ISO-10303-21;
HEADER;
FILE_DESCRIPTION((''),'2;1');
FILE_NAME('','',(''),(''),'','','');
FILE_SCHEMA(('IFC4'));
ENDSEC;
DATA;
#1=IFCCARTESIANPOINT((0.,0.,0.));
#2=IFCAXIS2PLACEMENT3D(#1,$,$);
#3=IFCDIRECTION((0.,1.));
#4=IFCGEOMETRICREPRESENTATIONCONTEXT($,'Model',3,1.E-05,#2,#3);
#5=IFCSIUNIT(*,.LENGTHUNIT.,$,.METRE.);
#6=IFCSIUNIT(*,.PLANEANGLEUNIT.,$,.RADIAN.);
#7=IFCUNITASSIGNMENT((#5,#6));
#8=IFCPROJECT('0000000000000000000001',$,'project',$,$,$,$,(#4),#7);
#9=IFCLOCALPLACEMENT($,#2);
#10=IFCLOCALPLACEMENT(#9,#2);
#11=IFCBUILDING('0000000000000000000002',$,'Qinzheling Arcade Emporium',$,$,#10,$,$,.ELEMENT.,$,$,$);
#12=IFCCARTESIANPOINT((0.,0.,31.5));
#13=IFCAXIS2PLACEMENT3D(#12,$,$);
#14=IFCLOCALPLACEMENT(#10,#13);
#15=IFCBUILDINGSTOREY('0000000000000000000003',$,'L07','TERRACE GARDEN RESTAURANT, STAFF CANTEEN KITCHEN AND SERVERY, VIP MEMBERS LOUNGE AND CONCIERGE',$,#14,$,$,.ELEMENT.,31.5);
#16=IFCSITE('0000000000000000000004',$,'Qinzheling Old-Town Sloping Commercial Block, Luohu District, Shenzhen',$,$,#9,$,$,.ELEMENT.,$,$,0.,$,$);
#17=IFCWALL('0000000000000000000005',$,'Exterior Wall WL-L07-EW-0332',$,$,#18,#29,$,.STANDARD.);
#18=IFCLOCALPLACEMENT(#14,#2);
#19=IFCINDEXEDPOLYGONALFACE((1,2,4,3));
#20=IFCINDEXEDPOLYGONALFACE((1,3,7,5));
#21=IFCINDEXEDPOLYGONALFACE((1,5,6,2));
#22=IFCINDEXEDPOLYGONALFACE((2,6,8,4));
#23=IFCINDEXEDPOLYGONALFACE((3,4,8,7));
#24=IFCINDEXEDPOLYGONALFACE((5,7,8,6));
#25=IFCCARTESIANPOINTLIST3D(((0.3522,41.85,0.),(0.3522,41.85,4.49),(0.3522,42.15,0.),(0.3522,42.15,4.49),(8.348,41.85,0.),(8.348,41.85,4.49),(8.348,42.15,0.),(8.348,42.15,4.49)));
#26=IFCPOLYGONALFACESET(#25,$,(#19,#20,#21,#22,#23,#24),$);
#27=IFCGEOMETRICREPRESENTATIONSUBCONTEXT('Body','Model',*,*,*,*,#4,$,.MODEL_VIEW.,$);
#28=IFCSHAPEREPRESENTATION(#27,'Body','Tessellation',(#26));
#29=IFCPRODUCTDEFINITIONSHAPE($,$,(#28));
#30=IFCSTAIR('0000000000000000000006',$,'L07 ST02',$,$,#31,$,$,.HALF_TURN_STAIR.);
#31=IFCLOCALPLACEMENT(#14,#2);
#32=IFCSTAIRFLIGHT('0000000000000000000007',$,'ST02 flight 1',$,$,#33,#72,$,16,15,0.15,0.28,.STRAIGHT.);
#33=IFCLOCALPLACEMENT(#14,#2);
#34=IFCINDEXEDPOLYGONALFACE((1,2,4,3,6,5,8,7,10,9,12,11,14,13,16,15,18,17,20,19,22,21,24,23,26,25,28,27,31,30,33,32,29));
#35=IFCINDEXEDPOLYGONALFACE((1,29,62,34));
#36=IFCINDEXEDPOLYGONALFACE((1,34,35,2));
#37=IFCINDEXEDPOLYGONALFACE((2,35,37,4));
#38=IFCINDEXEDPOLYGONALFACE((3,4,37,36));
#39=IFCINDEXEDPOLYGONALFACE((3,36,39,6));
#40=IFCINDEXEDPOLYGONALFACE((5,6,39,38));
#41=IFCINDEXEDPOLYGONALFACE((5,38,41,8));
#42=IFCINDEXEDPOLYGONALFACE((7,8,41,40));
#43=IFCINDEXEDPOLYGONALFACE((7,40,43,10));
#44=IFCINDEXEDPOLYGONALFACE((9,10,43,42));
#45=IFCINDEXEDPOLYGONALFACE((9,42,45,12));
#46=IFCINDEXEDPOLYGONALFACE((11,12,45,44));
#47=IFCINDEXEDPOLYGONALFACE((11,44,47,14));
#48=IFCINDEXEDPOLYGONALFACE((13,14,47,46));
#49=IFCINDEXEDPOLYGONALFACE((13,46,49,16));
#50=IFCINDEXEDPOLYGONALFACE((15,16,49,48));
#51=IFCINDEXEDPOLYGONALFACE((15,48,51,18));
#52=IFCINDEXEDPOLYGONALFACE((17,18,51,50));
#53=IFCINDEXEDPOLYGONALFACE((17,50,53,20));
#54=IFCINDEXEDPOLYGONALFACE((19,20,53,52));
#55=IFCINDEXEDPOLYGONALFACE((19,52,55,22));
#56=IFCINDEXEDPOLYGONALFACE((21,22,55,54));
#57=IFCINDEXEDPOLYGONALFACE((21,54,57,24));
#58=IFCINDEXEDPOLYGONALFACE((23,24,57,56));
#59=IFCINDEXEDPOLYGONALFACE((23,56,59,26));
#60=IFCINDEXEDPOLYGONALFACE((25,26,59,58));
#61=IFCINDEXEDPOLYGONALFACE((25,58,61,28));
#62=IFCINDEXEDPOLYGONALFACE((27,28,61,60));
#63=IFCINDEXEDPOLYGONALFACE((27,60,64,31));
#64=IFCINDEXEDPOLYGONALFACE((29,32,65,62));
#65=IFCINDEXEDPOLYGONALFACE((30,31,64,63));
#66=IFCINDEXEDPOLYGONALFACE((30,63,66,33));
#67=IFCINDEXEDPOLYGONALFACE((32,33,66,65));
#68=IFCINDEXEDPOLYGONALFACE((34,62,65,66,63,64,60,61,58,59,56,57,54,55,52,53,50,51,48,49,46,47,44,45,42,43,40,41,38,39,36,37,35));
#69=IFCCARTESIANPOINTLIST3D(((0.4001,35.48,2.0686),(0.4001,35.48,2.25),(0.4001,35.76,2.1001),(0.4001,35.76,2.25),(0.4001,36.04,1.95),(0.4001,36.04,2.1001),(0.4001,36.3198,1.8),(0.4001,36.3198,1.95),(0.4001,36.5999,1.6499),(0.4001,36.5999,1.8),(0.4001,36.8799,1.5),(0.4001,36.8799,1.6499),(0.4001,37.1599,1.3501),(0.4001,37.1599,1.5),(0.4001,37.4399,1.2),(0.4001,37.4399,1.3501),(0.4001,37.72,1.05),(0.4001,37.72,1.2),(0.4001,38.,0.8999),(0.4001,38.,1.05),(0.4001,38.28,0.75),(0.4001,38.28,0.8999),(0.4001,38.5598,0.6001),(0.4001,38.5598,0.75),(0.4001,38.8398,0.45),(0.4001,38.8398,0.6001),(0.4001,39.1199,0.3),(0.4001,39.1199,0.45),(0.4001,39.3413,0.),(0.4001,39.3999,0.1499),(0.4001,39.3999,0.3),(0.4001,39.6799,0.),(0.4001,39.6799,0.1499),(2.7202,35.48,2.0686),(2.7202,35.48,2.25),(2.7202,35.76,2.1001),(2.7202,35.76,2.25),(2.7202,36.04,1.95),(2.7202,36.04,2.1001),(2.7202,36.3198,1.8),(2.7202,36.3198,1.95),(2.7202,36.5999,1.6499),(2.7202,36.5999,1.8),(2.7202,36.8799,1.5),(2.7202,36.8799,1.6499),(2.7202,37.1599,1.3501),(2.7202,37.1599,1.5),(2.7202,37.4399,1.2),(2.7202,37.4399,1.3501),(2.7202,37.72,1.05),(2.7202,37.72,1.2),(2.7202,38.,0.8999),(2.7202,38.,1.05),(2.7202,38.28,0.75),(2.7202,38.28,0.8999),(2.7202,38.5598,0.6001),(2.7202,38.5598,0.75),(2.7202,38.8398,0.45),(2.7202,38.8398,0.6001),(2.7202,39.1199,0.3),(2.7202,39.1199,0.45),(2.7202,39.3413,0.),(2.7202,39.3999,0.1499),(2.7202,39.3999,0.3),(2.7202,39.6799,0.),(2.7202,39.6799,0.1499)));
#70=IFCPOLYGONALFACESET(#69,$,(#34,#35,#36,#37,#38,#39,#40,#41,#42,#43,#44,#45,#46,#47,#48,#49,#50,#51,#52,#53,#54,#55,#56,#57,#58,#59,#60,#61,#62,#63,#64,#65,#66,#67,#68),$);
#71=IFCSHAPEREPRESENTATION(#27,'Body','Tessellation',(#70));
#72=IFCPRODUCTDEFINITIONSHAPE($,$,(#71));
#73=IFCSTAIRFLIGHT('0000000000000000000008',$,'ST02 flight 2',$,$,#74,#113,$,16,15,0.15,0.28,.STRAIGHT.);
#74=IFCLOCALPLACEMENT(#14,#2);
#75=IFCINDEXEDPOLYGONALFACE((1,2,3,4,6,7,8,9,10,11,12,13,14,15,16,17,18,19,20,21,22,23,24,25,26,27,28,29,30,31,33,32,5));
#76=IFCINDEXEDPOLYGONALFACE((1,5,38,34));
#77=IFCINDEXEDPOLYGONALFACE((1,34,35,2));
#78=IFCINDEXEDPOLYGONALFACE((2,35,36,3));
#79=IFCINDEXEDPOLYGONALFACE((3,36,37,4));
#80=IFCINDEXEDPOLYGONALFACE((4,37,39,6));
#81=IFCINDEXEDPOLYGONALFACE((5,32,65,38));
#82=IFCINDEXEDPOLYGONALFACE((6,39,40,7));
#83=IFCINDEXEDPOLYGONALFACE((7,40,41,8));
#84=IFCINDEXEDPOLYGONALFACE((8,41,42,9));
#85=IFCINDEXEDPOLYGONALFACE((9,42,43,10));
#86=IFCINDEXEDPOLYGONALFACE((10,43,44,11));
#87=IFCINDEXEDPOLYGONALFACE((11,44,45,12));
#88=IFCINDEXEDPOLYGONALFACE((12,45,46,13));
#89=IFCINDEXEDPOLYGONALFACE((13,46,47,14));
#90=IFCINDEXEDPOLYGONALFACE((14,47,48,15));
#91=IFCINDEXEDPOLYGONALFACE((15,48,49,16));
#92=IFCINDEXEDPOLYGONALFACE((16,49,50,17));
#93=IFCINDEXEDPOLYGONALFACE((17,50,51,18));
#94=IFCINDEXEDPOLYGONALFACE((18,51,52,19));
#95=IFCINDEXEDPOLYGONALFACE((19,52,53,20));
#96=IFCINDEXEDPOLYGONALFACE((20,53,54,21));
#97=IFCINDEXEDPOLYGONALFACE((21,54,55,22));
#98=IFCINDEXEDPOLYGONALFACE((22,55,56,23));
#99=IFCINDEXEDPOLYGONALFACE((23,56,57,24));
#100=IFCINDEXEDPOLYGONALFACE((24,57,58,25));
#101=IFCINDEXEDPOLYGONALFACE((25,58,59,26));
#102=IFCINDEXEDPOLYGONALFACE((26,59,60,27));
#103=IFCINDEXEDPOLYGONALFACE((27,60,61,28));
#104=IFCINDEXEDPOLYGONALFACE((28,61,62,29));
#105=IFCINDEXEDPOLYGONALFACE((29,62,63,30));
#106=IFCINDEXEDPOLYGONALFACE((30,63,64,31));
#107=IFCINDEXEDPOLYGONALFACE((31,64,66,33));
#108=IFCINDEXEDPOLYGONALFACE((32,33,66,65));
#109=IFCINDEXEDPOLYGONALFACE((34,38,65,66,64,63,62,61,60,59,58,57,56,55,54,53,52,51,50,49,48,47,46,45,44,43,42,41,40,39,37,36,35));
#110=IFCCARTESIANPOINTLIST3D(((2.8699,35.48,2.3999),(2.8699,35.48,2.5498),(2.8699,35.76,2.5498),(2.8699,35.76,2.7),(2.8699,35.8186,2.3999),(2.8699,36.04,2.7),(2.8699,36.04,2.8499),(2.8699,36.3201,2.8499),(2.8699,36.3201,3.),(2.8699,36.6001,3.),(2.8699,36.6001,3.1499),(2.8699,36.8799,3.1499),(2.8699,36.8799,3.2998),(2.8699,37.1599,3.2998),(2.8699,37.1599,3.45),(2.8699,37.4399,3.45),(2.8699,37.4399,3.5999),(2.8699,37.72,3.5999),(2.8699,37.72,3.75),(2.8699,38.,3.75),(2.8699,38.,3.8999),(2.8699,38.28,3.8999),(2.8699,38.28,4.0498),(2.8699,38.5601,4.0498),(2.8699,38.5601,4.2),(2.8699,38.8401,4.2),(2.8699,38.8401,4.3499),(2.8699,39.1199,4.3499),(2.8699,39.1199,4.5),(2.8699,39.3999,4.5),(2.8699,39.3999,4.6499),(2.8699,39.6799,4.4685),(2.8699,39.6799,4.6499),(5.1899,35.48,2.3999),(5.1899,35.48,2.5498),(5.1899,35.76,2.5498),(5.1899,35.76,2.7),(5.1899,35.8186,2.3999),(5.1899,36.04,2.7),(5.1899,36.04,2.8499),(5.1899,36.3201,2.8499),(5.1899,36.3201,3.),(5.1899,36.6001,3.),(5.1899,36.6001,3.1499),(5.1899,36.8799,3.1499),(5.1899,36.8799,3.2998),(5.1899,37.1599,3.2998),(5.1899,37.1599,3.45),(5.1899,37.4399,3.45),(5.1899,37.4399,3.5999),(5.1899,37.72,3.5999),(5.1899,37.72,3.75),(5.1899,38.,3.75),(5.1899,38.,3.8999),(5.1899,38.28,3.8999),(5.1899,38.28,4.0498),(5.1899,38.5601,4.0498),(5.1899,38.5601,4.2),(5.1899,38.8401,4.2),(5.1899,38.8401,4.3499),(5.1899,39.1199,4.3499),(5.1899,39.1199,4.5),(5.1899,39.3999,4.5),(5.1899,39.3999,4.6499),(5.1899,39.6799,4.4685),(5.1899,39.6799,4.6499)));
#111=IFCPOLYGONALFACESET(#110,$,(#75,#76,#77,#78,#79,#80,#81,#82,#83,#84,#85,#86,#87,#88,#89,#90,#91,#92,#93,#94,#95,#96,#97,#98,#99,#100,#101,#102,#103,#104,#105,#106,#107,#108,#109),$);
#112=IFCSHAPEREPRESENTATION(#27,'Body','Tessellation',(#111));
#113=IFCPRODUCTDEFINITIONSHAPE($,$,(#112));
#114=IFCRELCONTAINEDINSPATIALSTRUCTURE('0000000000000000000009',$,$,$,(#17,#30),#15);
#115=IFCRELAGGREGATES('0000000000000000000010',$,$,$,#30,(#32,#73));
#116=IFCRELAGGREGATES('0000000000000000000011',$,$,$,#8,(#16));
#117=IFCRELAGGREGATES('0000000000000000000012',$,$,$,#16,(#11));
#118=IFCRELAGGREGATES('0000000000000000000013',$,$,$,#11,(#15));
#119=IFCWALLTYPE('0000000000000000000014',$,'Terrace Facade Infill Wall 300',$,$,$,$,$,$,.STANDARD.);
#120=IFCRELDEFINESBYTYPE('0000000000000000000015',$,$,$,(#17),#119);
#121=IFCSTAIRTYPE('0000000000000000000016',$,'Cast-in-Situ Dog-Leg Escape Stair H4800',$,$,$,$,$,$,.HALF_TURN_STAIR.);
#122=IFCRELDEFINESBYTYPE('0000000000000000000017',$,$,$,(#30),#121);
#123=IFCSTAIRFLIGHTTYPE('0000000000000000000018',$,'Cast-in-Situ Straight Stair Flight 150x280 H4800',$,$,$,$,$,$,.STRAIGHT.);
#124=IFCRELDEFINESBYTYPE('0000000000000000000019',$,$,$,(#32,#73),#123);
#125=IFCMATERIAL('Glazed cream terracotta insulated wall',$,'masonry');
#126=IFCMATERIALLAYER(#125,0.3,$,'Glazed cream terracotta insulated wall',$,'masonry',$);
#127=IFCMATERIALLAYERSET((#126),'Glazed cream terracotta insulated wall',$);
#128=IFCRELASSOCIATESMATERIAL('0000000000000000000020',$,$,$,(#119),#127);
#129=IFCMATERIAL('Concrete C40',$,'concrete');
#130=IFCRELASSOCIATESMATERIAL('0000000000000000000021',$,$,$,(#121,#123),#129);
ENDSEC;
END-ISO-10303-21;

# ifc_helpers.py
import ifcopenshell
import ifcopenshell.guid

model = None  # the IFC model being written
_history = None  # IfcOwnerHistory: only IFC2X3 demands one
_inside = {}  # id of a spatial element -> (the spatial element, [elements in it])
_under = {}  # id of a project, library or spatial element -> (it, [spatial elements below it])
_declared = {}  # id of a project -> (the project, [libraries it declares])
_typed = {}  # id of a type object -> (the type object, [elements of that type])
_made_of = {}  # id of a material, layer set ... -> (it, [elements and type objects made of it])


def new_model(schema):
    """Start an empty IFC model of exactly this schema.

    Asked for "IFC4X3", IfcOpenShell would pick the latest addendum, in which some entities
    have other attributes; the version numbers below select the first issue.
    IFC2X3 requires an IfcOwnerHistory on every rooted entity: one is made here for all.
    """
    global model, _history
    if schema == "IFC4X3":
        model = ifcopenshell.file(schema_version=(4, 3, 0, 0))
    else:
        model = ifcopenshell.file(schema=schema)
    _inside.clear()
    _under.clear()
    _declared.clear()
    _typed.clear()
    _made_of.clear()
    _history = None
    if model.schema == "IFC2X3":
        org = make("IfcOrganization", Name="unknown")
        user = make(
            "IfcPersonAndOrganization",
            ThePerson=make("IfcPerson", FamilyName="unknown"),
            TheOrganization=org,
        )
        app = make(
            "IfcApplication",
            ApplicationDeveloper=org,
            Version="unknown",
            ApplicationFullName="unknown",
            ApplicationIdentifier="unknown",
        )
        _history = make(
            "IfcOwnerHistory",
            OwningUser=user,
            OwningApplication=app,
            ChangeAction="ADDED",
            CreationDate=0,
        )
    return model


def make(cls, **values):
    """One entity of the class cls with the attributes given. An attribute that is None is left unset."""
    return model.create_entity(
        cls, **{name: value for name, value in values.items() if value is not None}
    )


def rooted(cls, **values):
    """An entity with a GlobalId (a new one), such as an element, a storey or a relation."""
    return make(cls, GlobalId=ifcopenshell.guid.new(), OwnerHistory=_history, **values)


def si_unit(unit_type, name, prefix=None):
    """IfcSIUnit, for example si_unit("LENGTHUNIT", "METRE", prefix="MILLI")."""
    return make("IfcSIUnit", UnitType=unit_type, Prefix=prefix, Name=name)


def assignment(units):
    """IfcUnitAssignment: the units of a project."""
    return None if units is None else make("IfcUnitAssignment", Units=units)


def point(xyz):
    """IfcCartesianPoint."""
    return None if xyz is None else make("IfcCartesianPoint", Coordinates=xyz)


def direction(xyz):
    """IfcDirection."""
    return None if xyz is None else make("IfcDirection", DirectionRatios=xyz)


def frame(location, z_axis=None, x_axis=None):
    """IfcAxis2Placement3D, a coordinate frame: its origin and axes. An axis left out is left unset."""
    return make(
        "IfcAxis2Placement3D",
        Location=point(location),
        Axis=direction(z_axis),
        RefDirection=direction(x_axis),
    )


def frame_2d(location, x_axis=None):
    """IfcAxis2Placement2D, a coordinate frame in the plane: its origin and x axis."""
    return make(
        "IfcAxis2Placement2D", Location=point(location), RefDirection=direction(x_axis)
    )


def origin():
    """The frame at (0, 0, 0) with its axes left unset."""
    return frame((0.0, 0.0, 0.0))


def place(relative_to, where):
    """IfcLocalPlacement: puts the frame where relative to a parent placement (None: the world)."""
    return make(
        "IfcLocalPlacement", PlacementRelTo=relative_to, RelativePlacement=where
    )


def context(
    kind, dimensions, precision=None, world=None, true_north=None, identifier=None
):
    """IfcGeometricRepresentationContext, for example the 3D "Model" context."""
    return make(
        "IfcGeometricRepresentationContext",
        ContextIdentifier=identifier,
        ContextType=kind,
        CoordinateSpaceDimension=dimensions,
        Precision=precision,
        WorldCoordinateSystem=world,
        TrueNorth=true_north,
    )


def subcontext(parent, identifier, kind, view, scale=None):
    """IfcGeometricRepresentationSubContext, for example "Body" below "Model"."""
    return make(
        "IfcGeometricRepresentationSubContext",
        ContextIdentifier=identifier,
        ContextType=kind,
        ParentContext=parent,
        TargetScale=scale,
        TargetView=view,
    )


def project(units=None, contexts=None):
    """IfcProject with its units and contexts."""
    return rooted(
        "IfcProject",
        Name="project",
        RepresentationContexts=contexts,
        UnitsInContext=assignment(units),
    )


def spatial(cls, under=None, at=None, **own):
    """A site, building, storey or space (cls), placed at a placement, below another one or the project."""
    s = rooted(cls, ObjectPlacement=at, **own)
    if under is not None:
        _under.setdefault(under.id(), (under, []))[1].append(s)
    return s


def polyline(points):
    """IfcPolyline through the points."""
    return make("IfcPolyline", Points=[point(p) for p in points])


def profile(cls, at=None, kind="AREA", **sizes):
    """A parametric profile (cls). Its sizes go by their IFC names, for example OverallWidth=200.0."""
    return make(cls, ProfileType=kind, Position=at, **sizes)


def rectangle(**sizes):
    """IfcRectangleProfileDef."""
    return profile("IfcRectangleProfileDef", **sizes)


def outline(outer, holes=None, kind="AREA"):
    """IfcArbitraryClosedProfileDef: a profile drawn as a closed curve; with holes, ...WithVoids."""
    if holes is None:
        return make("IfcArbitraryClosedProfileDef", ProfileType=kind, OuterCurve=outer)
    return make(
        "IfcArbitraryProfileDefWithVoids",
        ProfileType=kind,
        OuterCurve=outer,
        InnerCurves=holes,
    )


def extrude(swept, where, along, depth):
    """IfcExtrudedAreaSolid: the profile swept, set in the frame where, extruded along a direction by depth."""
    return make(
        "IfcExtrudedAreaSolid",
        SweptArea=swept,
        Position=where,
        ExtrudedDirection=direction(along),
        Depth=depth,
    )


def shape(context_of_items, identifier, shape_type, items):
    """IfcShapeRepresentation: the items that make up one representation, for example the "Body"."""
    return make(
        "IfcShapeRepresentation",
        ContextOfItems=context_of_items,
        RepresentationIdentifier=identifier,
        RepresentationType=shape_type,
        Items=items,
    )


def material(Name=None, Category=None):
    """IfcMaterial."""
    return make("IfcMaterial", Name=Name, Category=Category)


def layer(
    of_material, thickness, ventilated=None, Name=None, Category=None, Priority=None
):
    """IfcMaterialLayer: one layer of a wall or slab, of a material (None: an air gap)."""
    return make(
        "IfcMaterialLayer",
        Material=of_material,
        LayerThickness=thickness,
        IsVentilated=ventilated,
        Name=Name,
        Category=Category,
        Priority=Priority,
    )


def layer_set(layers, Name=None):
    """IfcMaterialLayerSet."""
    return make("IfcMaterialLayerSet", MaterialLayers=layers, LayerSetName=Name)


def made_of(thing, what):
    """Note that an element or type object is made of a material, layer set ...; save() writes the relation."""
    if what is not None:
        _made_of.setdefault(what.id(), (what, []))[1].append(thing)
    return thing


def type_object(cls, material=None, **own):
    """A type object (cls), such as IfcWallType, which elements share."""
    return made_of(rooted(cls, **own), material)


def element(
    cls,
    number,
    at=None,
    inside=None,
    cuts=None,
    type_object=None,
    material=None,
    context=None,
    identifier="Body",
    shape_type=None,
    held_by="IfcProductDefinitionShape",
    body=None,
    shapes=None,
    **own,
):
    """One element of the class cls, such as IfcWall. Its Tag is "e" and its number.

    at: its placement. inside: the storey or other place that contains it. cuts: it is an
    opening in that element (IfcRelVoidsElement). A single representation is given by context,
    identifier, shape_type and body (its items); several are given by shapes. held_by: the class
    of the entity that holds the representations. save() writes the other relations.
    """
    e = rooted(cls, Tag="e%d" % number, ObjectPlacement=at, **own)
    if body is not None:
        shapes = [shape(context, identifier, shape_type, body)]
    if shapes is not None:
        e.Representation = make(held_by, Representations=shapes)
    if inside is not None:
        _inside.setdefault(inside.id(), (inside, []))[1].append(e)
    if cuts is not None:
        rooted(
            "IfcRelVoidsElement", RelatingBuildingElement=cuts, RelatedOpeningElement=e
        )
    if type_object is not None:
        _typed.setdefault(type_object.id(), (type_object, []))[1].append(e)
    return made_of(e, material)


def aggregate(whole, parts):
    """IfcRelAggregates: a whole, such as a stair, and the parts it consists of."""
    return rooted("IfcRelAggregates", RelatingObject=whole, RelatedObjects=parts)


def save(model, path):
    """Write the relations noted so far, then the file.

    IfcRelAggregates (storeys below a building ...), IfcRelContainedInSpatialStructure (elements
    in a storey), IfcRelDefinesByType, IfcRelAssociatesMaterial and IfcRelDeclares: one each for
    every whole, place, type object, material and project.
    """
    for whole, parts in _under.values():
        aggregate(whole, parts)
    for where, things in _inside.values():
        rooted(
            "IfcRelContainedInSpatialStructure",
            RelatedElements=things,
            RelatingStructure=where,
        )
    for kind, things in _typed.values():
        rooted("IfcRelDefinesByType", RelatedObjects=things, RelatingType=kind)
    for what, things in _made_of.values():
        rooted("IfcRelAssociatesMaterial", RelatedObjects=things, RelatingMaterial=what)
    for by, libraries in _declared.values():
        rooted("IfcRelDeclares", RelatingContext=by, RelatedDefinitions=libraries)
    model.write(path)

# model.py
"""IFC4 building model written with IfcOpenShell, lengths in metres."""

from ifc_helpers import new_model, si_unit, direction, frame, frame_2d, origin, place, context, subcontext, project, spatial, polyline, rectangle, outline, extrude, material, layer, layer_set, type_object, element, aggregate, save


model = new_model("IFC4")

# Units and contexts
model_context = context("Model", 3, precision=1e-05, world=origin(), true_north=direction((0.0, 1.0)))
body_context = subcontext(model_context, "Body", "Model", "MODEL_VIEW")
ifc_project = project(units=[si_unit("LENGTHUNIT", "METRE"), si_unit("PLANEANGLEUNIT", "RADIAN")], contexts=[model_context])

# Site, building, storey
site_placement = place(None, origin())
site = spatial("IfcSite", under=ifc_project, at=site_placement, Name="Qinzheling Old-Town Sloping Commercial Block, Luohu District, Shenzhen", CompositionType="ELEMENT", RefElevation=0.0)
building_placement = place(site_placement, origin())
building = spatial("IfcBuilding", under=site, at=building_placement, Name="Qinzheling Arcade Emporium", CompositionType="ELEMENT")
storey_placement = place(building_placement, frame((0.0, 0.0, 31.5)))
storey = spatial("IfcBuildingStorey", under=building, at=storey_placement, Name="L07", Description="TERRACE GARDEN RESTAURANT, STAFF CANTEEN KITCHEN AND SERVERY, VIP MEMBERS LOUNGE AND CONCIERGE", CompositionType="ELEMENT", Elevation=31.5)

# Shared definitions
ifc_material_1 = material(Name="Concrete C40", Category="concrete")

# Shared definitions
ifc_material_2 = material(Name="Glazed cream terracotta insulated wall", Category="masonry")

# Wall
ifc_layer_1 = layer(ifc_material_2, 0.3, Name="Glazed cream terracotta insulated wall", Category="masonry")
ifc_layer_set_1 = layer_set([ifc_layer_1], Name="Glazed cream terracotta insulated wall")
wall_type_1 = type_object("IfcWallType", Name="Terrace Facade Infill Wall 300", PredefinedType="STANDARD", material=ifc_layer_set_1)
wall_1_placement = place(storey_placement, frame((0.3521, 42.0, 0.0), z_axis=(0.0, 0.0, 1.0), x_axis=(1.0, 0.0, 0.0)))
element("IfcWall", 1, at=wall_1_placement, inside=storey, type_object=wall_type_1, Name="Exterior Wall WL-L07-EW-0332", PredefinedType="STANDARD", context=body_context, shape_type="SweptSolid", body=[
    extrude(rectangle(XDim=7.9958, YDim=0.3, at=frame_2d((3.998, 0.0))), origin(), (0.0, 0.0, 1.0), 4.49),
])

# Stair, stair flights
stair_type = type_object("IfcStairType", Name="Cast-in-Situ Dog-Leg Escape Stair H4800", PredefinedType="HALF_TURN_STAIR", material=ifc_material_1)
stair_placement = place(storey_placement, origin())
stair = element("IfcStair", 2, at=stair_placement, inside=storey, type_object=stair_type, Name="L07 ST02", PredefinedType="HALF_TURN_STAIR")
stair_flight_type = type_object("IfcStairFlightType", Name="Cast-in-Situ Straight Stair Flight 150x280 H4800", PredefinedType="STRAIGHT", material=ifc_material_1)
stair_flight_1_placement = place(storey_placement, frame((1.5601, 39.6799, 0.0), z_axis=(0.0, 0.0, 1.0), x_axis=(0.0, -1.0, 0.0)))
stair_flight_1 = element("IfcStairFlight", 3, at=stair_flight_1_placement, type_object=stair_flight_type, Name="ST02 flight 1", NumberOfRisers=16, NumberOfTreads=15, PredefinedType="STRAIGHT", RiserHeight=0.15, TreadLength=0.28, context=body_context, shape_type="SweptSolid", body=[
    extrude(outline(polyline([(0.0, 0.0), (0.0, 0.1499), (0.28, 0.1499), (0.28, 0.3), (0.5601, 0.3), (0.5601, 0.45), (0.8401, 0.45), (0.8401, 0.6001), (1.1201, 0.6001), (1.1201, 0.75), (1.3999, 0.75), (1.3999, 0.8999), (1.6799, 0.8999), (1.6799, 1.05), (1.96, 1.05), (1.96, 1.2), (2.24, 1.2), (2.24, 1.3501), (2.52, 1.3501), (2.52, 1.5), (2.8, 1.5), (2.8, 1.6499), (3.0801, 1.6499), (3.0801, 1.8), (3.3601, 1.8), (3.3601, 1.95), (3.6399, 1.95), (3.6399, 2.1001), (3.9199, 2.1001), (3.9199, 2.25), (4.2, 2.25), (4.2, 2.3999), (4.2, 2.0686), (0.3386, 0.0), (0.0, 0.0)])), frame((0.0, 1.1602, 0.0), z_axis=(0.0, -1.0, 0.0), x_axis=(1.0, 0.0, 0.0)), (0.0, 0.0, 1.0), 2.3201),
])
stair_flight_2_placement = place(storey_placement, frame((4.03, 35.48, 2.3999), z_axis=(0.0, 0.0, 1.0), x_axis=(0.0, 1.0, 0.0)))
stair_flight_2 = element("IfcStairFlight", 4, at=stair_flight_2_placement, type_object=stair_flight_type, Name="ST02 flight 2", NumberOfRisers=16, NumberOfTreads=15, PredefinedType="STRAIGHT", RiserHeight=0.15, TreadLength=0.28, context=body_context, shape_type="SweptSolid", body=[
    extrude(outline(polyline([(0.0, 0.0), (0.0, 0.1499), (0.28, 0.1499), (0.28, 0.3), (0.5601, 0.3), (0.5601, 0.45), (0.8401, 0.45), (0.8401, 0.6001), (1.1201, 0.6001), (1.1201, 0.75), (1.3999, 0.75), (1.3999, 0.8999), (1.6799, 0.8999), (1.6799, 1.05), (1.96, 1.05), (1.96, 1.2), (2.24, 1.2), (2.24, 1.3501), (2.52, 1.3501), (2.52, 1.5), (2.8, 1.5), (2.8, 1.6499), (3.0801, 1.6499), (3.0801, 1.8), (3.3601, 1.8), (3.3601, 1.95), (3.6399, 1.95), (3.6399, 2.1001), (3.9199, 2.1001), (3.9199, 2.25), (4.2, 2.25), (4.2, 2.3999), (4.2, 2.0686), (0.3386, 0.0), (0.0, 0.0)])), frame((0.0, 1.1602, 0.0), z_axis=(0.0, -1.0, 0.0), x_axis=(1.0, 0.0, 0.0)), (0.0, 0.0, 1.0), 2.3201),
])
aggregate(stair, [stair_flight_1, stair_flight_2])

save(model, "model.ifc")
